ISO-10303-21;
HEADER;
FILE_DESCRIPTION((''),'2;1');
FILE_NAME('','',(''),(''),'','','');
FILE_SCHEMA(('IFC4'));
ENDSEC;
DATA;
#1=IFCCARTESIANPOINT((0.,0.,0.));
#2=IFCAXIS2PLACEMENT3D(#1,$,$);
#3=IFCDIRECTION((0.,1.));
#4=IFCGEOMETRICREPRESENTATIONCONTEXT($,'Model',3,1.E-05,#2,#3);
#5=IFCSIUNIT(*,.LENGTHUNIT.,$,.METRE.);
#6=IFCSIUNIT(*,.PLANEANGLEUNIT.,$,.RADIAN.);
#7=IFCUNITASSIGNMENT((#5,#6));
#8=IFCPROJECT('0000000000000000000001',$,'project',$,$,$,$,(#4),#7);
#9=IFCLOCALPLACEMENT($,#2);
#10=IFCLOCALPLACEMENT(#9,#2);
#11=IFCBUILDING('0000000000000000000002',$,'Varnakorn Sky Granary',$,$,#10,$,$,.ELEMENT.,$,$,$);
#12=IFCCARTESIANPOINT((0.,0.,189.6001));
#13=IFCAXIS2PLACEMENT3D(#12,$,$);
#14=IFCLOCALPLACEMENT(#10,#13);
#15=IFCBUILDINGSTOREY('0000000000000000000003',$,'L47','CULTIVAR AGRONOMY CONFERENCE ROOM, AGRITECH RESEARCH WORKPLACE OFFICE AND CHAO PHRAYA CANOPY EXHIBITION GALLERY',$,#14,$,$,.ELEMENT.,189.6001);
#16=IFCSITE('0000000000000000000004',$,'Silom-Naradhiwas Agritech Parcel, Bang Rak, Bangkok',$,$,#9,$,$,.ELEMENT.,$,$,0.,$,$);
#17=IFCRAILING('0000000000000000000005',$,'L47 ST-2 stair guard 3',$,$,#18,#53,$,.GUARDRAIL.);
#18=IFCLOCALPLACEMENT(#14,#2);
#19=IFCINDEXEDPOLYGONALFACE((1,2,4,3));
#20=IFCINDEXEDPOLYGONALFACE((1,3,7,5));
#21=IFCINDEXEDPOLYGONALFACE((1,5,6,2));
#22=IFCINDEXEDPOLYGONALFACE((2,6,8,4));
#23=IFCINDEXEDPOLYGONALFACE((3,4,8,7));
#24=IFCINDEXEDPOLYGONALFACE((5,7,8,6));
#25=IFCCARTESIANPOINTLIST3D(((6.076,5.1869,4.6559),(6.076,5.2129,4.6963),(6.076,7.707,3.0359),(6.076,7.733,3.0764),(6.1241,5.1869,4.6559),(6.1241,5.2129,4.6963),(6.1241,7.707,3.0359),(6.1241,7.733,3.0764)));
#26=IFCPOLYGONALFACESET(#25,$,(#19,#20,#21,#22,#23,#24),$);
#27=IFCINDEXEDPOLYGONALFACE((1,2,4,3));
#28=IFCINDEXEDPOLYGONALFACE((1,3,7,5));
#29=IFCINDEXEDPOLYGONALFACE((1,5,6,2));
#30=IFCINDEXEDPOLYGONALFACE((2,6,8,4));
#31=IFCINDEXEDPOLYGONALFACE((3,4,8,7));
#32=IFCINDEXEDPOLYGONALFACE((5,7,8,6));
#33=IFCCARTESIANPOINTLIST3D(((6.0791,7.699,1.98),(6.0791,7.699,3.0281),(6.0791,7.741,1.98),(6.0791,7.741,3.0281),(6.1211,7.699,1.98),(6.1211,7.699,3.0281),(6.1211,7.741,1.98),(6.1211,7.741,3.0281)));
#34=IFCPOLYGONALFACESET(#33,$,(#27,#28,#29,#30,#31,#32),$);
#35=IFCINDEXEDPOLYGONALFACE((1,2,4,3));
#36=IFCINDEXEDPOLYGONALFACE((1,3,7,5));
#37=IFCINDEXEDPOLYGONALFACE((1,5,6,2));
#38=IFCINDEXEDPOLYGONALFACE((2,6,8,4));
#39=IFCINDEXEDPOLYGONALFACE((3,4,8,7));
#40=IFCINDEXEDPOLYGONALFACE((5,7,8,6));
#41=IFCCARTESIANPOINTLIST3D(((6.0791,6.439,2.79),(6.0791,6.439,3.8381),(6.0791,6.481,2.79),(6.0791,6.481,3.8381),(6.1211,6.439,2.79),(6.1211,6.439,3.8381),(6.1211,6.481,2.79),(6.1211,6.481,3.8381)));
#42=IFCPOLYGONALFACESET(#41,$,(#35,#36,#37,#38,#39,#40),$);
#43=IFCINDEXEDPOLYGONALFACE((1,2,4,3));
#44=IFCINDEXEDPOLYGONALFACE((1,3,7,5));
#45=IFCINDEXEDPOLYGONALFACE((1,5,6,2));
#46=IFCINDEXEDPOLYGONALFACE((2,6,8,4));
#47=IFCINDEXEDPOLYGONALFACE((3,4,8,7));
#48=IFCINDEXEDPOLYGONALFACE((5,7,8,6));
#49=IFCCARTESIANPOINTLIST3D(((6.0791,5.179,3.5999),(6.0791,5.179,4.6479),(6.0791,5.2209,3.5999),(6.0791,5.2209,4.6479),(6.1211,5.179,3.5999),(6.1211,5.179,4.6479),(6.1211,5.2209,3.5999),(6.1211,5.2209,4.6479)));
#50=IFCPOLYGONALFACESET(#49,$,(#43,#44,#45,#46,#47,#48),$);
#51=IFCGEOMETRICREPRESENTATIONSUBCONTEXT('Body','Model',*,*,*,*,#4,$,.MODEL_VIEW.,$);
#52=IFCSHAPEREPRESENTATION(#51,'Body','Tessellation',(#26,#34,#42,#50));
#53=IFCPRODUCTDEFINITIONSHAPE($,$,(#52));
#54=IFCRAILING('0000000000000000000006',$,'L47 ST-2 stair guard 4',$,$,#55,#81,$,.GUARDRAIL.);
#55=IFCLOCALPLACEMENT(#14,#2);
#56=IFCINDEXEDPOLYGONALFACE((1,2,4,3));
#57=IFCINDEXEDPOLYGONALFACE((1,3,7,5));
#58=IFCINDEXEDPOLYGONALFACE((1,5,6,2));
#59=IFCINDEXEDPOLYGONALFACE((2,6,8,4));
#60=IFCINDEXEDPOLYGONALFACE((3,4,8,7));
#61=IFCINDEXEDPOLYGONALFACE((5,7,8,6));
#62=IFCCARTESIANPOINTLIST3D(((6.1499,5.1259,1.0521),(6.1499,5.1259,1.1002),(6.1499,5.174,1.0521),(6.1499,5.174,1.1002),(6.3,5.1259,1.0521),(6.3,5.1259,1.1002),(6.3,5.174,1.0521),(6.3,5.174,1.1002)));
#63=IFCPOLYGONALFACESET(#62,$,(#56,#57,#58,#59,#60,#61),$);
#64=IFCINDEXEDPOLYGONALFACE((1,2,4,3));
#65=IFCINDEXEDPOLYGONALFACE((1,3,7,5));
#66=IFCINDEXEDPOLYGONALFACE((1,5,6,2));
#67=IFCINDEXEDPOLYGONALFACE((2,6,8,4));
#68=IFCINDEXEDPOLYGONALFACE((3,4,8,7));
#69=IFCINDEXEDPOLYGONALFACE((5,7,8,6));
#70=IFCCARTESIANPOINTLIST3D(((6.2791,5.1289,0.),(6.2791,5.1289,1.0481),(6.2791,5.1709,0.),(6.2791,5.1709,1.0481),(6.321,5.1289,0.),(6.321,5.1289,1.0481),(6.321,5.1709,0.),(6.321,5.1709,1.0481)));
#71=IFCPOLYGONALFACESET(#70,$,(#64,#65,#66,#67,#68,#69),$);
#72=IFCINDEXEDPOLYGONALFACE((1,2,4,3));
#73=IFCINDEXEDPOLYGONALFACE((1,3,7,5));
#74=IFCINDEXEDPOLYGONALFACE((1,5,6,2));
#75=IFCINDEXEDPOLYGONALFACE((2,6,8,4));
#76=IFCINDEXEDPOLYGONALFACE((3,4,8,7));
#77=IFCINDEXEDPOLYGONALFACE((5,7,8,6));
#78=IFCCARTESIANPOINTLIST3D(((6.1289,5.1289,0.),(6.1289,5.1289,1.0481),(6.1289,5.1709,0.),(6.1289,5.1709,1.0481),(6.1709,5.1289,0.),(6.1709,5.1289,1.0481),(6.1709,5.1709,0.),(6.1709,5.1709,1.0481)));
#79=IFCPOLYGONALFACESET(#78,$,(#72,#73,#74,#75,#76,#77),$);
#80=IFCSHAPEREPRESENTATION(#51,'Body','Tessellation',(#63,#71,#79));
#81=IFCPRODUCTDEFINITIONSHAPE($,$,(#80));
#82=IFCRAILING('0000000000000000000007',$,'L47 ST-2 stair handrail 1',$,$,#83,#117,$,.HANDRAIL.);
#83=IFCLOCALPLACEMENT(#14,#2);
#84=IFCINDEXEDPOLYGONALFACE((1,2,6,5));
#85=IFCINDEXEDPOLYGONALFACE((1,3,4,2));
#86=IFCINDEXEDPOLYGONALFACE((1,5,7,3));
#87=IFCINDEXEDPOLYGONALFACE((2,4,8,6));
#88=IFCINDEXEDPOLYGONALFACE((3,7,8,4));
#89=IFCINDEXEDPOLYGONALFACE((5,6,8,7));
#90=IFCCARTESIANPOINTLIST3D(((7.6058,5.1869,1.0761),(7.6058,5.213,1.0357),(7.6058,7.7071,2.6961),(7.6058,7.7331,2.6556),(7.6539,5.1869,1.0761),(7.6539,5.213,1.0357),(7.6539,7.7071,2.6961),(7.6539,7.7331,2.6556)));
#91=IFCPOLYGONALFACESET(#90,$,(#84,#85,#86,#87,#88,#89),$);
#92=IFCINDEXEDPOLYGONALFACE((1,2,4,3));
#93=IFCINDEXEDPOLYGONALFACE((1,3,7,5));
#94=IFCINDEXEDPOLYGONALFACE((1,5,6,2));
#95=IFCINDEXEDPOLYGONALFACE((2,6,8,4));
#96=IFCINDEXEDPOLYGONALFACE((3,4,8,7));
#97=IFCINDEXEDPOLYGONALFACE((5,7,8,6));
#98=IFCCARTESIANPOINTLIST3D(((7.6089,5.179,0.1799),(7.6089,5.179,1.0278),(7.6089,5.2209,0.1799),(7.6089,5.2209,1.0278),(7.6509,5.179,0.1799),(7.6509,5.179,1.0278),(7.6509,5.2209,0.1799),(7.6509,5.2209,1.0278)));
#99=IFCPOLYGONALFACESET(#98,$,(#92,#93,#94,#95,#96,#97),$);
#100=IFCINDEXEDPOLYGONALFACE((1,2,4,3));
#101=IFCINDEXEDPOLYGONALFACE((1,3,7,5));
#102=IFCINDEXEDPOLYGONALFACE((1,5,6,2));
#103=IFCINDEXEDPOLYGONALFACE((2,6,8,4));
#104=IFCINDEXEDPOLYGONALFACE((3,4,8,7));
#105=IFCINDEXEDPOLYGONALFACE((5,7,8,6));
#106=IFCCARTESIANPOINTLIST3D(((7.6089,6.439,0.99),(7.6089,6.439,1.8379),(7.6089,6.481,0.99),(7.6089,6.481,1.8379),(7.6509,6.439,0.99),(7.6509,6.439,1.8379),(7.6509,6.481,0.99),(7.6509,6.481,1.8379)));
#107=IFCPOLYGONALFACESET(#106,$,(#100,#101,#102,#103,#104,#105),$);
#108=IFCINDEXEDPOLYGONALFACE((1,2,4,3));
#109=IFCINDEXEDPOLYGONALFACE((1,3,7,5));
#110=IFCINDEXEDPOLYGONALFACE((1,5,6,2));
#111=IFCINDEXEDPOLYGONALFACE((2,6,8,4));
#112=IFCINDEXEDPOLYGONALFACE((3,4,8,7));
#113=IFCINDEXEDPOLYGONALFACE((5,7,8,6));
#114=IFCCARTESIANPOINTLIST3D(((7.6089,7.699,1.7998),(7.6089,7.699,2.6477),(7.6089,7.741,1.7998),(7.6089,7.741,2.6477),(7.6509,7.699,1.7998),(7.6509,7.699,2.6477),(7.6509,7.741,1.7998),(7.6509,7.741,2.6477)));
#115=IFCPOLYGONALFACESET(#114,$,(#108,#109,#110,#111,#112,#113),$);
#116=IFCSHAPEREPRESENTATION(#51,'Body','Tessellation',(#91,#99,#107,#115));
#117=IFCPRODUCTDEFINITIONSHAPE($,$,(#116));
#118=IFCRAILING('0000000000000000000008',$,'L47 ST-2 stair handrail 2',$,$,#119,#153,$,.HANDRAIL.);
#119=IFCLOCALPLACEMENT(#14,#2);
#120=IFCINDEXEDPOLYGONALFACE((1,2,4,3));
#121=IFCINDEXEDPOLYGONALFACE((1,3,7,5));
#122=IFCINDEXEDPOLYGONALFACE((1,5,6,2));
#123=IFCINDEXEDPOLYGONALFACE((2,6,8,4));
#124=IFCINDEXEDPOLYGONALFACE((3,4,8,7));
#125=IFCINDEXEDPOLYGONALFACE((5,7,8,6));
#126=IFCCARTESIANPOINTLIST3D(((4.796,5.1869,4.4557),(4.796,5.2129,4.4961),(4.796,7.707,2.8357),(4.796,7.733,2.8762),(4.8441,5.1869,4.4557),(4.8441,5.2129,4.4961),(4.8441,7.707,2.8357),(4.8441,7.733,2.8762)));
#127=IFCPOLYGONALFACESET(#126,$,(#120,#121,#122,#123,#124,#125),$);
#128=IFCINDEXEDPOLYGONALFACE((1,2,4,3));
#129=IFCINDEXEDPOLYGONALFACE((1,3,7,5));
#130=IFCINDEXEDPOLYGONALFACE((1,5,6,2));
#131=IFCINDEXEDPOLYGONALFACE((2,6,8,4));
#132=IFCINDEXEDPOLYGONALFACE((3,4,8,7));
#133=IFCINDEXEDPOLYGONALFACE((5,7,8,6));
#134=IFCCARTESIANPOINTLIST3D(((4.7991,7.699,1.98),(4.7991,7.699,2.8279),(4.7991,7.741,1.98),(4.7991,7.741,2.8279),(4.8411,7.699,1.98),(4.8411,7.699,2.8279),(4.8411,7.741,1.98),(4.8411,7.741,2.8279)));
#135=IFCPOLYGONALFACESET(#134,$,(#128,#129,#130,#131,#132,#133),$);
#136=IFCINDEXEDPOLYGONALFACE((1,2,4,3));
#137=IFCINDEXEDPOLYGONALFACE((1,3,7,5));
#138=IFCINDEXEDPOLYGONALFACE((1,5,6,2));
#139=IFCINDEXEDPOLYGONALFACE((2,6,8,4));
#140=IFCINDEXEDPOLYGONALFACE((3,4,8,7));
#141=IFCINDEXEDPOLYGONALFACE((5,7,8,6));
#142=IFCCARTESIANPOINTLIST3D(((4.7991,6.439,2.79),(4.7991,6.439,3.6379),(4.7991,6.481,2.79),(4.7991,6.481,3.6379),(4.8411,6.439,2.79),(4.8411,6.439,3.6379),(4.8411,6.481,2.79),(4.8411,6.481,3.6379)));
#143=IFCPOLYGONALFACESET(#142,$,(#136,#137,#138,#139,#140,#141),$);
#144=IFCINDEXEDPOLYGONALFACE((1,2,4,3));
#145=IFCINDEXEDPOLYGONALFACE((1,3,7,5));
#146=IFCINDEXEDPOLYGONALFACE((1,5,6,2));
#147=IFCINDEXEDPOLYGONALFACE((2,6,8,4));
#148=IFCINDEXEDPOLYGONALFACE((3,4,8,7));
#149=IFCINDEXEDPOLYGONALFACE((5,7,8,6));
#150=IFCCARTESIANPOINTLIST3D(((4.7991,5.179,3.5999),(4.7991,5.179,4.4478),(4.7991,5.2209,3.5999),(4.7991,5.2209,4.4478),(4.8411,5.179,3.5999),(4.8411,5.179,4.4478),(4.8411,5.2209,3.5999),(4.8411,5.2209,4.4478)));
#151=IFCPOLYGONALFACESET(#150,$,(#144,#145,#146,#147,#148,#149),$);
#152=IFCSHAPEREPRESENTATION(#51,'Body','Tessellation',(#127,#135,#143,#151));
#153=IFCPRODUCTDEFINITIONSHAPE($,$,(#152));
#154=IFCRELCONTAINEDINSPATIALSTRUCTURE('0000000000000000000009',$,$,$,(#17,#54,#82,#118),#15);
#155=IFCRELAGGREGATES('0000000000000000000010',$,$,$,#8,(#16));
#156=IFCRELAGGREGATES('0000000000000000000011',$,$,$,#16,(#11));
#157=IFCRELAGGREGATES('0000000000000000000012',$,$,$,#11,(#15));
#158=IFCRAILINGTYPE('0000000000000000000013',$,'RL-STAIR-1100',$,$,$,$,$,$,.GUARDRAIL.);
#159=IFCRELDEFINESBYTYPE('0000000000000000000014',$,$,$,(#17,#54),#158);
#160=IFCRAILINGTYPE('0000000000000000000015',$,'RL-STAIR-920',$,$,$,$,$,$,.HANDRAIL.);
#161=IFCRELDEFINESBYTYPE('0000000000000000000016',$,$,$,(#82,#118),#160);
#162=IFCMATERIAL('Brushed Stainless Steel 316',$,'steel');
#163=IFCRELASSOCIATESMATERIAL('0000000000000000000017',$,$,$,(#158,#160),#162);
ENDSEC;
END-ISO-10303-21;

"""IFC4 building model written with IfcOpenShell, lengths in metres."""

from ifc_helpers import new_model, si_unit, direction, frame, origin, origin_2d, place, context, subcontext, project, spatial, rectangle, extrude, material, type_object, element, save


model = new_model("IFC4")

# Units and contexts
model_context = context("Model", 3, precision=1e-05, world=origin(), true_north=direction((0.0, 1.0)))
body_context = subcontext(model_context, "Body", "Model", "MODEL_VIEW")
ifc_project = project(units=[si_unit("LENGTHUNIT", "METRE"), si_unit("PLANEANGLEUNIT", "RADIAN")], contexts=[model_context])

# Site, building, storey
site_placement = place(None, origin())
site = spatial("IfcSite", under=ifc_project, at=site_placement, Name="Silom-Naradhiwas Agritech Parcel, Bang Rak, Bangkok", CompositionType="ELEMENT", RefElevation=0.0)
building_placement = place(site_placement, origin())
building = spatial("IfcBuilding", under=site, at=building_placement, Name="Varnakorn Sky Granary", CompositionType="ELEMENT")
storey_placement = place(building_placement, frame((0.0, 0.0, 189.6001)))
storey = spatial("IfcBuildingStorey", under=building, at=storey_placement, Name="L47", Description="CULTIVAR AGRONOMY CONFERENCE ROOM, AGRITECH RESEARCH WORKPLACE OFFICE AND CHAO PHRAYA CANOPY EXHIBITION GALLERY", CompositionType="ELEMENT", Elevation=189.6001)

# Railings
ifc_material_1 = material(Name="Brushed Stainless Steel 316", Category="steel")
railing_type_1 = type_object("IfcRailingType", Name="RL-STAIR-1100", PredefinedType="GUARDRAIL", material=ifc_material_1)
railing_1_placement = place(storey_placement, frame((6.1001, 7.72, 1.98)))
element("IfcRailing", 1, at=railing_1_placement, inside=storey, type_object=railing_type_1, Name="L47 ST-2 stair guard 3", PredefinedType="GUARDRAIL", context=body_context, shape_type="SweptSolid", body=[
    extrude(rectangle(XDim=0.0481, YDim=0.0481, at=origin_2d()), frame((0.0, 0.0, 1.0762), z_axis=(0.0, -0.8412, 0.540725), x_axis=(1.0, 0.0, 0.0)), (0.0, 0.0, 1.0), 2.9958),
    extrude(rectangle(XDim=0.042, YDim=0.042, at=origin_2d()), origin(), (0.0, 0.0, 1.0), 1.0481),
    extrude(rectangle(XDim=0.042, YDim=0.042, at=origin_2d()), frame((0.0, -1.26, 0.8101)), (0.0, 0.0, 1.0), 1.0481),
    extrude(rectangle(XDim=0.042, YDim=0.042, at=origin_2d()), frame((0.0, -2.52, 1.6199)), (0.0, 0.0, 1.0), 1.0481),
])
railing_2_placement = place(storey_placement, frame((6.3, 5.1499, 0.0)))
element("IfcRailing", 2, at=railing_2_placement, inside=storey, type_object=railing_type_1, Name="L47 ST-2 stair guard 4", PredefinedType="GUARDRAIL", context=body_context, shape_type="SweptSolid", body=[
    extrude(rectangle(XDim=0.0481, YDim=0.0481, at=origin_2d()), frame((0.0, 0.0, 1.0762), z_axis=(-1.0, 0.0, 0.0), x_axis=(0.0, -1.0, 0.0)), (0.0, 0.0, 1.0), 0.1501),
    extrude(rectangle(XDim=0.042, YDim=0.042, at=origin_2d()), origin(), (0.0, 0.0, 1.0), 1.0481),
    extrude(rectangle(XDim=0.042, YDim=0.042, at=origin_2d()), frame((-0.1501, 0.0, 0.0)), (0.0, 0.0, 1.0), 1.0481),
])
railing_type_2 = type_object("IfcRailingType", Name="RL-STAIR-920", PredefinedType="HANDRAIL", material=ifc_material_1)
railing_3_placement = place(storey_placement, frame((7.6299, 5.2, 0.1799)))
element("IfcRailing", 3, at=railing_3_placement, inside=storey, type_object=railing_type_2, Name="L47 ST-2 stair handrail 1", PredefinedType="HANDRAIL", context=body_context, shape_type="SweptSolid", body=[
    extrude(rectangle(XDim=0.0481, YDim=0.0481, at=origin_2d()), frame((0.0, 0.0, 0.876), z_axis=(0.0, 0.8412, 0.540725), x_axis=(-1.0, 0.0, 0.0)), (0.0, 0.0, 1.0), 2.9958),
    extrude(rectangle(XDim=0.042, YDim=0.042, at=origin_2d()), origin(), (0.0, 0.0, 1.0), 0.8479),
    extrude(rectangle(XDim=0.042, YDim=0.042, at=origin_2d()), frame((0.0, 1.26, 0.8101)), (0.0, 0.0, 1.0), 0.8479),
    extrude(rectangle(XDim=0.042, YDim=0.042, at=origin_2d()), frame((0.0, 2.52, 1.6199)), (0.0, 0.0, 1.0), 0.8479),
])
railing_4_placement = place(storey_placement, frame((4.8201, 7.72, 1.98)))
element("IfcRailing", 4, at=railing_4_placement, inside=storey, type_object=railing_type_2, Name="L47 ST-2 stair handrail 2", PredefinedType="HANDRAIL", context=body_context, shape_type="SweptSolid", body=[
    extrude(rectangle(XDim=0.0481, YDim=0.0481, at=origin_2d()), frame((0.0, 0.0, 0.876), z_axis=(0.0, -0.8412, 0.540725), x_axis=(1.0, 0.0, 0.0)), (0.0, 0.0, 1.0), 2.9958),
    extrude(rectangle(XDim=0.042, YDim=0.042, at=origin_2d()), origin(), (0.0, 0.0, 1.0), 0.8479),
    extrude(rectangle(XDim=0.042, YDim=0.042, at=origin_2d()), frame((0.0, -1.26, 0.8101)), (0.0, 0.0, 1.0), 0.8479),
    extrude(rectangle(XDim=0.042, YDim=0.042, at=origin_2d()), frame((0.0, -2.52, 1.6199)), (0.0, 0.0, 1.0), 0.8479),
])

save(model, "model.ifc")
